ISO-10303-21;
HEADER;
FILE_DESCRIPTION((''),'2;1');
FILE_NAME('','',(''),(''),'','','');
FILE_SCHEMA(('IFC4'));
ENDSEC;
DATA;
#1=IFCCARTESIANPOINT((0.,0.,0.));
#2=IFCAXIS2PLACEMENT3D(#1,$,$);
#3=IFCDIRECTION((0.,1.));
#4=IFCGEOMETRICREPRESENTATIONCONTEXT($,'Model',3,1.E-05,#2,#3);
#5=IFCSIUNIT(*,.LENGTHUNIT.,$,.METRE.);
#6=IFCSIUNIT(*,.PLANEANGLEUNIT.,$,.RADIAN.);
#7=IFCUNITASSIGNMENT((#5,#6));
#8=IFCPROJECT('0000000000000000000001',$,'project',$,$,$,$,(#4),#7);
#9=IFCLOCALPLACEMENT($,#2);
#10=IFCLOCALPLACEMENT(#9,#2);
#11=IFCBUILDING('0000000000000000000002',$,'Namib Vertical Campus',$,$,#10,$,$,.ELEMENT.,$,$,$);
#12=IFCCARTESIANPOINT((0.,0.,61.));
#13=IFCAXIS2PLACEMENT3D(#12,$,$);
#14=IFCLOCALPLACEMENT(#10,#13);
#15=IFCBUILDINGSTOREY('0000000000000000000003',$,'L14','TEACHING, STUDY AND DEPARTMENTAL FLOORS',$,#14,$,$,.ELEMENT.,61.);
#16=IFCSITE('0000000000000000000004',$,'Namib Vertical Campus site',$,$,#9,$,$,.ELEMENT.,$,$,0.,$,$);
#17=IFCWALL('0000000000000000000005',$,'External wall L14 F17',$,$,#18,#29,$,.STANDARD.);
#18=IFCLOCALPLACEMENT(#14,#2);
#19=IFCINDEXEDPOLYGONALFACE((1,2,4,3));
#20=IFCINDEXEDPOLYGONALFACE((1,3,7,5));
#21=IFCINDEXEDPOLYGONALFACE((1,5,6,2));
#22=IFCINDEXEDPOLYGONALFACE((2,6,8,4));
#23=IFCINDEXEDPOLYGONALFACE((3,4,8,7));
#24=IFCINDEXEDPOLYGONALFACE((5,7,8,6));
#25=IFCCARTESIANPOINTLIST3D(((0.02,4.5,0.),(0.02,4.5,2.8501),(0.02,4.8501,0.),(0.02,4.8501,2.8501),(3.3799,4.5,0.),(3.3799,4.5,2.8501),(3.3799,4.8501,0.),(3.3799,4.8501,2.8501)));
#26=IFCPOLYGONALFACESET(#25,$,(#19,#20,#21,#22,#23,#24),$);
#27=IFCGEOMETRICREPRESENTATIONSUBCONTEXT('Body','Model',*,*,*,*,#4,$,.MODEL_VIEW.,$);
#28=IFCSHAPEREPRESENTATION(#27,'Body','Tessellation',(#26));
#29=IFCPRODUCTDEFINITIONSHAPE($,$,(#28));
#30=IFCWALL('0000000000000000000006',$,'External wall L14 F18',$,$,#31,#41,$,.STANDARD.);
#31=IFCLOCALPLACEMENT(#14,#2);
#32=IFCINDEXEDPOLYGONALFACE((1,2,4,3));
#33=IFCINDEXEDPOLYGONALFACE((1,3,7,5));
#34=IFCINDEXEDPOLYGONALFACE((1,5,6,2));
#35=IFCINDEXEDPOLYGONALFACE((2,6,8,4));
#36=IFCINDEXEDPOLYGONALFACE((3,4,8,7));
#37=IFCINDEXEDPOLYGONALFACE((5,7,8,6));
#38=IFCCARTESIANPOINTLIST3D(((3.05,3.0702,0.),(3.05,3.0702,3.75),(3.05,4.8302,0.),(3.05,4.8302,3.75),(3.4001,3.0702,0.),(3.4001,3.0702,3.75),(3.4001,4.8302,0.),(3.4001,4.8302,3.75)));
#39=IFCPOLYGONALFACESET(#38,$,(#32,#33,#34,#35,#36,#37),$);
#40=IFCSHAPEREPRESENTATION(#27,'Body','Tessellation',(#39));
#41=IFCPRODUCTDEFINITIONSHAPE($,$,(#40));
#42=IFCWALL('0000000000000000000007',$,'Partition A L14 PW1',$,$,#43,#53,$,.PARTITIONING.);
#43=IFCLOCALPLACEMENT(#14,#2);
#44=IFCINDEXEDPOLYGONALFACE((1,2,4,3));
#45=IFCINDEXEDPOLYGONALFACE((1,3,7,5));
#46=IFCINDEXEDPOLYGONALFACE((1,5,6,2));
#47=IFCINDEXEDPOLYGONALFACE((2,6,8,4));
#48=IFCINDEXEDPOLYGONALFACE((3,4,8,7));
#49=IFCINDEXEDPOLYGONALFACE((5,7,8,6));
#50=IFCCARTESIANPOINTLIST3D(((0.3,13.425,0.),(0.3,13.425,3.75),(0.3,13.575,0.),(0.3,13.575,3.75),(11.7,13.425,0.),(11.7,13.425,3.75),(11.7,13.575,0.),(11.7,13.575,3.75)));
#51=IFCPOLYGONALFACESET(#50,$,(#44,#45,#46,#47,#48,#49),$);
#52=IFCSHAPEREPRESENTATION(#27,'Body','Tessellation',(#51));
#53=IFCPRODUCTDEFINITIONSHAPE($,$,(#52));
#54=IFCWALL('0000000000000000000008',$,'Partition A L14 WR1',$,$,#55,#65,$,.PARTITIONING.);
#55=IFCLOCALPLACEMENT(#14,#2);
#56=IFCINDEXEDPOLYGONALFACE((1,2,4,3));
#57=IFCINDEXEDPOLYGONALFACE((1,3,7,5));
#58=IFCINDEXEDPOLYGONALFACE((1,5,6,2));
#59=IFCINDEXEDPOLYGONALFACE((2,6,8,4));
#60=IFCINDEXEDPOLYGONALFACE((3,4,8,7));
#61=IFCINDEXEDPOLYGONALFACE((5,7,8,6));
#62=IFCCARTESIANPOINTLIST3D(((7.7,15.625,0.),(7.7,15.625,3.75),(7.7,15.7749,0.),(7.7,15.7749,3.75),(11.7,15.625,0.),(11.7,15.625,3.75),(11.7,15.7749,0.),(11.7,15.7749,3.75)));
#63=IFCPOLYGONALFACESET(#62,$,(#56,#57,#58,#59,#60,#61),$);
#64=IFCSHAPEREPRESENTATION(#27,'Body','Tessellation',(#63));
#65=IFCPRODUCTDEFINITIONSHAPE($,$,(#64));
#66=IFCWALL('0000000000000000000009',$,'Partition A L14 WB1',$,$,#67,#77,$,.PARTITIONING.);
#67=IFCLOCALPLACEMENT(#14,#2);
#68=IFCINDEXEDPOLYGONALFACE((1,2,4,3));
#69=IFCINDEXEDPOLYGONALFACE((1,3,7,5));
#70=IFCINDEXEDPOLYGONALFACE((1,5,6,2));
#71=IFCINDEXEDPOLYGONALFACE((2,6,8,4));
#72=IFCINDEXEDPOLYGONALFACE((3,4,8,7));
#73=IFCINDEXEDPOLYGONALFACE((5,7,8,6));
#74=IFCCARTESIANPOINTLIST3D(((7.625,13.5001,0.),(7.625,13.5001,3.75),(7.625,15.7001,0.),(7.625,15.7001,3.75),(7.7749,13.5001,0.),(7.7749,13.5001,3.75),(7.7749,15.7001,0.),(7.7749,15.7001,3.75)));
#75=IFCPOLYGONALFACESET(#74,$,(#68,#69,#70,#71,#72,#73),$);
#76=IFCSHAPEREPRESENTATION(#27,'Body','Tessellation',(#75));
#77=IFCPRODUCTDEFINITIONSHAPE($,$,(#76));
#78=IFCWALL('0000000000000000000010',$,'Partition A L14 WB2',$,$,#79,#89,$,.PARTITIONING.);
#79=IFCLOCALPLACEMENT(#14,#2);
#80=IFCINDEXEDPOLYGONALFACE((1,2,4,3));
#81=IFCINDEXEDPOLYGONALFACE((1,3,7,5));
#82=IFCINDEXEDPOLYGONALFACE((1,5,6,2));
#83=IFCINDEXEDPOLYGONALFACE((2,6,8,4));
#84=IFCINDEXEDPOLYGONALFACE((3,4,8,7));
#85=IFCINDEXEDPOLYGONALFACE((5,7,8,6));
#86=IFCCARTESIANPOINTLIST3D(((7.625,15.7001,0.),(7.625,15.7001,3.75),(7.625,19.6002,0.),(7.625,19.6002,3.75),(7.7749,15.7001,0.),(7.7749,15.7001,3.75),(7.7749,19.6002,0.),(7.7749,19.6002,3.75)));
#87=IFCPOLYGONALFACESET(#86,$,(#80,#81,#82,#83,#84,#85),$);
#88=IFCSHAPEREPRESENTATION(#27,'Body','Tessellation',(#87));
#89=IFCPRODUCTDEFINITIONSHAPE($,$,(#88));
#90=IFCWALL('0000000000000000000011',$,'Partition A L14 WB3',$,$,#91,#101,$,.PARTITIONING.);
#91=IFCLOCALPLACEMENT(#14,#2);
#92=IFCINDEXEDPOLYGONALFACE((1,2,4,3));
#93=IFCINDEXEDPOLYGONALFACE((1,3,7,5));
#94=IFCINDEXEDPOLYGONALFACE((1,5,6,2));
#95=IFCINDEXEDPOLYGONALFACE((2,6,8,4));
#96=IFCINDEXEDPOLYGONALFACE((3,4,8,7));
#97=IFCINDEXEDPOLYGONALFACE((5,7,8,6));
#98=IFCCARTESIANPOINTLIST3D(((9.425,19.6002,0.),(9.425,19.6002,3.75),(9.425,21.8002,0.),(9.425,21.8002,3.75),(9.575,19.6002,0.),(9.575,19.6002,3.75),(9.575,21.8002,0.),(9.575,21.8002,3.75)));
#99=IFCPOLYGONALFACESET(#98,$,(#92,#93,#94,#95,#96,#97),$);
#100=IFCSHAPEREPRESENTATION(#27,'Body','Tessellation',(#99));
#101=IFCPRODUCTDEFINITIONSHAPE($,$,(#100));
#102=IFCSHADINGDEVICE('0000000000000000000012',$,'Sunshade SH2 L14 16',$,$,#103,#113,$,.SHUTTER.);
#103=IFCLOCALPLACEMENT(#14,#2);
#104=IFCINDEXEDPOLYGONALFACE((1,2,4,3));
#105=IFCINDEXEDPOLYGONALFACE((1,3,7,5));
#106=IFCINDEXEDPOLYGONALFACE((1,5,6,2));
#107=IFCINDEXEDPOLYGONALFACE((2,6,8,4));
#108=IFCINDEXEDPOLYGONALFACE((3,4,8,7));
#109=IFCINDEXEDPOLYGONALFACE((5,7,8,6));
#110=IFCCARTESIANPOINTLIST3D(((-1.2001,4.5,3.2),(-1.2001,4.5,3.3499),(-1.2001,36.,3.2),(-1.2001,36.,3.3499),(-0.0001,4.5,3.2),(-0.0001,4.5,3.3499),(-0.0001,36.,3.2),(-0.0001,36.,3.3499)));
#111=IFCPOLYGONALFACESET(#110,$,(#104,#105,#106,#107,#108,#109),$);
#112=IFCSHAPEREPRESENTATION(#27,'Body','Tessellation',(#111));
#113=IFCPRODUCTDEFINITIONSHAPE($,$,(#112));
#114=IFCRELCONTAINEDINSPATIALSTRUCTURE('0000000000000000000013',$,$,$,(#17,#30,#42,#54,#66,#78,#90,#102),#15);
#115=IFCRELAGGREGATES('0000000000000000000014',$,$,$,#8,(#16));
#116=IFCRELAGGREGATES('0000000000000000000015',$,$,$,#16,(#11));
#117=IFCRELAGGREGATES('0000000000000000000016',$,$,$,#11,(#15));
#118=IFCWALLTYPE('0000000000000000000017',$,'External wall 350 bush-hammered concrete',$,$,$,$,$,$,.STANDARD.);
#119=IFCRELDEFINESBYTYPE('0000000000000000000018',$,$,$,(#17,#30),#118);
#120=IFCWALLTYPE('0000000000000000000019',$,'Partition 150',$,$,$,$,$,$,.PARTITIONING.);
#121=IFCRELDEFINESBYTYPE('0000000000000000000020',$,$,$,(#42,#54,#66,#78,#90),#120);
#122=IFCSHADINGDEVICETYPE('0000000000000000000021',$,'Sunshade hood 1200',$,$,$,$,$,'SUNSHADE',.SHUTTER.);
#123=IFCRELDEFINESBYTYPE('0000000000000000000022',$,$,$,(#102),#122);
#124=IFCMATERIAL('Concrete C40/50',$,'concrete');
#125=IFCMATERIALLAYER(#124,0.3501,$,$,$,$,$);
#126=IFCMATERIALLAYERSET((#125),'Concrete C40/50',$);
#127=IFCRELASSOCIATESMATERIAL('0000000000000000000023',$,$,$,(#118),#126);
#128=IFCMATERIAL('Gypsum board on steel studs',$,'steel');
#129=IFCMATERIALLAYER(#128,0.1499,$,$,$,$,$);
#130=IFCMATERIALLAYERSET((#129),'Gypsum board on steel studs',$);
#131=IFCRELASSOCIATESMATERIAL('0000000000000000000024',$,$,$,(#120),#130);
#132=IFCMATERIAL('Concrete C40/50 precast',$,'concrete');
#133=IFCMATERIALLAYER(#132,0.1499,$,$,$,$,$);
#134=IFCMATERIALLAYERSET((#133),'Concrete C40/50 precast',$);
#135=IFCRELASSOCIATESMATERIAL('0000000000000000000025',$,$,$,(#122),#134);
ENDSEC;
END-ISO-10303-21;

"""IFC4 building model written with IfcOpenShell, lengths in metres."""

from ifc_helpers import new_model, si_unit, direction, frame, frame_2d, origin, origin_2d, place, context, subcontext, project, spatial, rectangle, extrude, material, layer, layer_set, type_object, element, save


model = new_model("IFC4")

# Units and contexts
model_context = context("Model", 3, precision=1e-05, world=origin(), true_north=direction((0.0, 1.0)))
body_context = subcontext(model_context, "Body", "Model", "MODEL_VIEW")
ifc_project = project(units=[si_unit("LENGTHUNIT", "METRE"), si_unit("PLANEANGLEUNIT", "RADIAN")], contexts=[model_context])

# Site, building, storey
site_placement = place(None, origin())
site = spatial("IfcSite", under=ifc_project, at=site_placement, Name="Namib Vertical Campus site", CompositionType="ELEMENT", RefElevation=0.0)
building_placement = place(site_placement, origin())
building = spatial("IfcBuilding", under=site, at=building_placement, Name="Namib Vertical Campus", CompositionType="ELEMENT")
storey_placement = place(building_placement, frame((0.0, 0.0, 61.0)))
storey = spatial("IfcBuildingStorey", under=building, at=storey_placement, Name="L14", Description="TEACHING, STUDY AND DEPARTMENTAL FLOORS", CompositionType="ELEMENT", Elevation=61.0)

# Walls
ifc_material_1 = material(Name="Concrete C40/50", Category="concrete")
ifc_layer_1 = layer(ifc_material_1, 0.3501)
ifc_layer_set_1 = layer_set([ifc_layer_1], Name="Concrete C40/50")
wall_type_1 = type_object("IfcWallType", Name="External wall 350 bush-hammered concrete", PredefinedType="STANDARD", material=ifc_layer_set_1)
wall_1_placement = place(storey_placement, frame((0.02, 4.675, 0.0), z_axis=(0.0, 0.0, 1.0), x_axis=(1.0, 0.0, 0.0)))
element("IfcWall", 1, at=wall_1_placement, inside=storey, type_object=wall_type_1, Name="External wall L14 F17", PredefinedType="STANDARD", context=body_context, shape_type="SweptSolid", body=[
    extrude(rectangle(XDim=3.3599, YDim=0.3501, at=frame_2d((1.6799, 0.0))), origin(), (0.0, 0.0, 1.0), 2.8501),
])
wall_2_placement = place(storey_placement, frame((3.2251, 4.8301, 0.0), z_axis=(0.0, 0.0, 1.0), x_axis=(0.0, -1.0, 0.0)))
element("IfcWall", 2, at=wall_2_placement, inside=storey, type_object=wall_type_1, Name="External wall L14 F18", PredefinedType="STANDARD", context=body_context, shape_type="SweptSolid", body=[
    extrude(rectangle(XDim=1.76, YDim=0.3501, at=frame_2d((0.8799, 0.0))), origin(), (0.0, 0.0, 1.0), 3.75),
])
ifc_material_2 = material(Name="Gypsum board on steel studs", Category="steel")
ifc_layer_2 = layer(ifc_material_2, 0.1499)
ifc_layer_set_2 = layer_set([ifc_layer_2], Name="Gypsum board on steel studs")
wall_type_2 = type_object("IfcWallType", Name="Partition 150", PredefinedType="PARTITIONING", material=ifc_layer_set_2)
wall_3_placement = place(storey_placement, frame((0.3, 13.5, 0.0), z_axis=(0.0, 0.0, 1.0), x_axis=(1.0, 0.0, 0.0)))
element("IfcWall", 3, at=wall_3_placement, inside=storey, type_object=wall_type_2, Name="Partition A L14 PW1", PredefinedType="PARTITIONING", context=body_context, shape_type="SweptSolid", body=[
    extrude(rectangle(XDim=11.3999, YDim=0.1499, at=frame_2d((5.7, 0.0))), origin(), (0.0, 0.0, 1.0), 3.75),
])
wall_4_placement = place(storey_placement, frame((11.7, 15.7, 0.0), z_axis=(0.0, 0.0, 1.0), x_axis=(-1.0, 0.0, 0.0)))
element("IfcWall", 4, at=wall_4_placement, inside=storey, type_object=wall_type_2, Name="Partition A L14 WR1", PredefinedType="PARTITIONING", context=body_context, shape_type="SweptSolid", body=[
    extrude(rectangle(XDim=4.0, YDim=0.1499, at=frame_2d((2.0, 0.0))), origin(), (0.0, 0.0, 1.0), 3.75),
])
wall_5_placement = place(storey_placement, frame((7.7, 13.5, 0.0), z_axis=(0.0, 0.0, 1.0), x_axis=(0.0, 1.0, 0.0)))
element("IfcWall", 5, at=wall_5_placement, inside=storey, type_object=wall_type_2, Name="Partition A L14 WB1", PredefinedType="PARTITIONING", context=body_context, shape_type="SweptSolid", body=[
    extrude(rectangle(XDim=2.2, YDim=0.1499, at=frame_2d((1.1001, 0.0))), origin(), (0.0, 0.0, 1.0), 3.75),
])
wall_6_placement = place(storey_placement, frame((7.7, 15.7, 0.0), z_axis=(0.0, 0.0, 1.0), x_axis=(0.0, 1.0, 0.0)))
element("IfcWall", 6, at=wall_6_placement, inside=storey, type_object=wall_type_2, Name="Partition A L14 WB2", PredefinedType="PARTITIONING", context=body_context, shape_type="SweptSolid", body=[
    extrude(rectangle(XDim=3.9001, YDim=0.1499, at=frame_2d((1.9502, 0.0))), origin(), (0.0, 0.0, 1.0), 3.75),
])
wall_7_placement = place(storey_placement, frame((9.5, 19.6001, 0.0), z_axis=(0.0, 0.0, 1.0), x_axis=(0.0, 1.0, 0.0)))
element("IfcWall", 7, at=wall_7_placement, inside=storey, type_object=wall_type_2, Name="Partition A L14 WB3", PredefinedType="PARTITIONING", context=body_context, shape_type="SweptSolid", body=[
    extrude(rectangle(XDim=2.2, YDim=0.1499, at=frame_2d((1.1001, 0.0))), origin(), (0.0, 0.0, 1.0), 3.75),
])

# Shading device
ifc_material_3 = material(Name="Concrete C40/50 precast", Category="concrete")
ifc_layer_3 = layer(ifc_material_3, 0.1499)
ifc_layer_set_3 = layer_set([ifc_layer_3], Name="Concrete C40/50 precast")
shading_device_type = type_object("IfcShadingDeviceType", Name="Sunshade hood 1200", ElementType="SUNSHADE", PredefinedType="SHUTTER", material=ifc_layer_set_3)
shading_device_placement = place(storey_placement, frame((-0.6001, 20.25, 3.2), z_axis=(0.0, 0.0, 1.0), x_axis=(0.0, -1.0, 0.0)))
element("IfcShadingDevice", 8, at=shading_device_placement, inside=storey, type_object=shading_device_type, Name="Sunshade SH2 L14 16", PredefinedType="SHUTTER", context=body_context, shape_type="SweptSolid", body=[
    extrude(rectangle(XDim=31.5, YDim=1.2, at=origin_2d()), origin(), (0.0, 0.0, 1.0), 0.1499),
])

save(model, "model.ifc")
